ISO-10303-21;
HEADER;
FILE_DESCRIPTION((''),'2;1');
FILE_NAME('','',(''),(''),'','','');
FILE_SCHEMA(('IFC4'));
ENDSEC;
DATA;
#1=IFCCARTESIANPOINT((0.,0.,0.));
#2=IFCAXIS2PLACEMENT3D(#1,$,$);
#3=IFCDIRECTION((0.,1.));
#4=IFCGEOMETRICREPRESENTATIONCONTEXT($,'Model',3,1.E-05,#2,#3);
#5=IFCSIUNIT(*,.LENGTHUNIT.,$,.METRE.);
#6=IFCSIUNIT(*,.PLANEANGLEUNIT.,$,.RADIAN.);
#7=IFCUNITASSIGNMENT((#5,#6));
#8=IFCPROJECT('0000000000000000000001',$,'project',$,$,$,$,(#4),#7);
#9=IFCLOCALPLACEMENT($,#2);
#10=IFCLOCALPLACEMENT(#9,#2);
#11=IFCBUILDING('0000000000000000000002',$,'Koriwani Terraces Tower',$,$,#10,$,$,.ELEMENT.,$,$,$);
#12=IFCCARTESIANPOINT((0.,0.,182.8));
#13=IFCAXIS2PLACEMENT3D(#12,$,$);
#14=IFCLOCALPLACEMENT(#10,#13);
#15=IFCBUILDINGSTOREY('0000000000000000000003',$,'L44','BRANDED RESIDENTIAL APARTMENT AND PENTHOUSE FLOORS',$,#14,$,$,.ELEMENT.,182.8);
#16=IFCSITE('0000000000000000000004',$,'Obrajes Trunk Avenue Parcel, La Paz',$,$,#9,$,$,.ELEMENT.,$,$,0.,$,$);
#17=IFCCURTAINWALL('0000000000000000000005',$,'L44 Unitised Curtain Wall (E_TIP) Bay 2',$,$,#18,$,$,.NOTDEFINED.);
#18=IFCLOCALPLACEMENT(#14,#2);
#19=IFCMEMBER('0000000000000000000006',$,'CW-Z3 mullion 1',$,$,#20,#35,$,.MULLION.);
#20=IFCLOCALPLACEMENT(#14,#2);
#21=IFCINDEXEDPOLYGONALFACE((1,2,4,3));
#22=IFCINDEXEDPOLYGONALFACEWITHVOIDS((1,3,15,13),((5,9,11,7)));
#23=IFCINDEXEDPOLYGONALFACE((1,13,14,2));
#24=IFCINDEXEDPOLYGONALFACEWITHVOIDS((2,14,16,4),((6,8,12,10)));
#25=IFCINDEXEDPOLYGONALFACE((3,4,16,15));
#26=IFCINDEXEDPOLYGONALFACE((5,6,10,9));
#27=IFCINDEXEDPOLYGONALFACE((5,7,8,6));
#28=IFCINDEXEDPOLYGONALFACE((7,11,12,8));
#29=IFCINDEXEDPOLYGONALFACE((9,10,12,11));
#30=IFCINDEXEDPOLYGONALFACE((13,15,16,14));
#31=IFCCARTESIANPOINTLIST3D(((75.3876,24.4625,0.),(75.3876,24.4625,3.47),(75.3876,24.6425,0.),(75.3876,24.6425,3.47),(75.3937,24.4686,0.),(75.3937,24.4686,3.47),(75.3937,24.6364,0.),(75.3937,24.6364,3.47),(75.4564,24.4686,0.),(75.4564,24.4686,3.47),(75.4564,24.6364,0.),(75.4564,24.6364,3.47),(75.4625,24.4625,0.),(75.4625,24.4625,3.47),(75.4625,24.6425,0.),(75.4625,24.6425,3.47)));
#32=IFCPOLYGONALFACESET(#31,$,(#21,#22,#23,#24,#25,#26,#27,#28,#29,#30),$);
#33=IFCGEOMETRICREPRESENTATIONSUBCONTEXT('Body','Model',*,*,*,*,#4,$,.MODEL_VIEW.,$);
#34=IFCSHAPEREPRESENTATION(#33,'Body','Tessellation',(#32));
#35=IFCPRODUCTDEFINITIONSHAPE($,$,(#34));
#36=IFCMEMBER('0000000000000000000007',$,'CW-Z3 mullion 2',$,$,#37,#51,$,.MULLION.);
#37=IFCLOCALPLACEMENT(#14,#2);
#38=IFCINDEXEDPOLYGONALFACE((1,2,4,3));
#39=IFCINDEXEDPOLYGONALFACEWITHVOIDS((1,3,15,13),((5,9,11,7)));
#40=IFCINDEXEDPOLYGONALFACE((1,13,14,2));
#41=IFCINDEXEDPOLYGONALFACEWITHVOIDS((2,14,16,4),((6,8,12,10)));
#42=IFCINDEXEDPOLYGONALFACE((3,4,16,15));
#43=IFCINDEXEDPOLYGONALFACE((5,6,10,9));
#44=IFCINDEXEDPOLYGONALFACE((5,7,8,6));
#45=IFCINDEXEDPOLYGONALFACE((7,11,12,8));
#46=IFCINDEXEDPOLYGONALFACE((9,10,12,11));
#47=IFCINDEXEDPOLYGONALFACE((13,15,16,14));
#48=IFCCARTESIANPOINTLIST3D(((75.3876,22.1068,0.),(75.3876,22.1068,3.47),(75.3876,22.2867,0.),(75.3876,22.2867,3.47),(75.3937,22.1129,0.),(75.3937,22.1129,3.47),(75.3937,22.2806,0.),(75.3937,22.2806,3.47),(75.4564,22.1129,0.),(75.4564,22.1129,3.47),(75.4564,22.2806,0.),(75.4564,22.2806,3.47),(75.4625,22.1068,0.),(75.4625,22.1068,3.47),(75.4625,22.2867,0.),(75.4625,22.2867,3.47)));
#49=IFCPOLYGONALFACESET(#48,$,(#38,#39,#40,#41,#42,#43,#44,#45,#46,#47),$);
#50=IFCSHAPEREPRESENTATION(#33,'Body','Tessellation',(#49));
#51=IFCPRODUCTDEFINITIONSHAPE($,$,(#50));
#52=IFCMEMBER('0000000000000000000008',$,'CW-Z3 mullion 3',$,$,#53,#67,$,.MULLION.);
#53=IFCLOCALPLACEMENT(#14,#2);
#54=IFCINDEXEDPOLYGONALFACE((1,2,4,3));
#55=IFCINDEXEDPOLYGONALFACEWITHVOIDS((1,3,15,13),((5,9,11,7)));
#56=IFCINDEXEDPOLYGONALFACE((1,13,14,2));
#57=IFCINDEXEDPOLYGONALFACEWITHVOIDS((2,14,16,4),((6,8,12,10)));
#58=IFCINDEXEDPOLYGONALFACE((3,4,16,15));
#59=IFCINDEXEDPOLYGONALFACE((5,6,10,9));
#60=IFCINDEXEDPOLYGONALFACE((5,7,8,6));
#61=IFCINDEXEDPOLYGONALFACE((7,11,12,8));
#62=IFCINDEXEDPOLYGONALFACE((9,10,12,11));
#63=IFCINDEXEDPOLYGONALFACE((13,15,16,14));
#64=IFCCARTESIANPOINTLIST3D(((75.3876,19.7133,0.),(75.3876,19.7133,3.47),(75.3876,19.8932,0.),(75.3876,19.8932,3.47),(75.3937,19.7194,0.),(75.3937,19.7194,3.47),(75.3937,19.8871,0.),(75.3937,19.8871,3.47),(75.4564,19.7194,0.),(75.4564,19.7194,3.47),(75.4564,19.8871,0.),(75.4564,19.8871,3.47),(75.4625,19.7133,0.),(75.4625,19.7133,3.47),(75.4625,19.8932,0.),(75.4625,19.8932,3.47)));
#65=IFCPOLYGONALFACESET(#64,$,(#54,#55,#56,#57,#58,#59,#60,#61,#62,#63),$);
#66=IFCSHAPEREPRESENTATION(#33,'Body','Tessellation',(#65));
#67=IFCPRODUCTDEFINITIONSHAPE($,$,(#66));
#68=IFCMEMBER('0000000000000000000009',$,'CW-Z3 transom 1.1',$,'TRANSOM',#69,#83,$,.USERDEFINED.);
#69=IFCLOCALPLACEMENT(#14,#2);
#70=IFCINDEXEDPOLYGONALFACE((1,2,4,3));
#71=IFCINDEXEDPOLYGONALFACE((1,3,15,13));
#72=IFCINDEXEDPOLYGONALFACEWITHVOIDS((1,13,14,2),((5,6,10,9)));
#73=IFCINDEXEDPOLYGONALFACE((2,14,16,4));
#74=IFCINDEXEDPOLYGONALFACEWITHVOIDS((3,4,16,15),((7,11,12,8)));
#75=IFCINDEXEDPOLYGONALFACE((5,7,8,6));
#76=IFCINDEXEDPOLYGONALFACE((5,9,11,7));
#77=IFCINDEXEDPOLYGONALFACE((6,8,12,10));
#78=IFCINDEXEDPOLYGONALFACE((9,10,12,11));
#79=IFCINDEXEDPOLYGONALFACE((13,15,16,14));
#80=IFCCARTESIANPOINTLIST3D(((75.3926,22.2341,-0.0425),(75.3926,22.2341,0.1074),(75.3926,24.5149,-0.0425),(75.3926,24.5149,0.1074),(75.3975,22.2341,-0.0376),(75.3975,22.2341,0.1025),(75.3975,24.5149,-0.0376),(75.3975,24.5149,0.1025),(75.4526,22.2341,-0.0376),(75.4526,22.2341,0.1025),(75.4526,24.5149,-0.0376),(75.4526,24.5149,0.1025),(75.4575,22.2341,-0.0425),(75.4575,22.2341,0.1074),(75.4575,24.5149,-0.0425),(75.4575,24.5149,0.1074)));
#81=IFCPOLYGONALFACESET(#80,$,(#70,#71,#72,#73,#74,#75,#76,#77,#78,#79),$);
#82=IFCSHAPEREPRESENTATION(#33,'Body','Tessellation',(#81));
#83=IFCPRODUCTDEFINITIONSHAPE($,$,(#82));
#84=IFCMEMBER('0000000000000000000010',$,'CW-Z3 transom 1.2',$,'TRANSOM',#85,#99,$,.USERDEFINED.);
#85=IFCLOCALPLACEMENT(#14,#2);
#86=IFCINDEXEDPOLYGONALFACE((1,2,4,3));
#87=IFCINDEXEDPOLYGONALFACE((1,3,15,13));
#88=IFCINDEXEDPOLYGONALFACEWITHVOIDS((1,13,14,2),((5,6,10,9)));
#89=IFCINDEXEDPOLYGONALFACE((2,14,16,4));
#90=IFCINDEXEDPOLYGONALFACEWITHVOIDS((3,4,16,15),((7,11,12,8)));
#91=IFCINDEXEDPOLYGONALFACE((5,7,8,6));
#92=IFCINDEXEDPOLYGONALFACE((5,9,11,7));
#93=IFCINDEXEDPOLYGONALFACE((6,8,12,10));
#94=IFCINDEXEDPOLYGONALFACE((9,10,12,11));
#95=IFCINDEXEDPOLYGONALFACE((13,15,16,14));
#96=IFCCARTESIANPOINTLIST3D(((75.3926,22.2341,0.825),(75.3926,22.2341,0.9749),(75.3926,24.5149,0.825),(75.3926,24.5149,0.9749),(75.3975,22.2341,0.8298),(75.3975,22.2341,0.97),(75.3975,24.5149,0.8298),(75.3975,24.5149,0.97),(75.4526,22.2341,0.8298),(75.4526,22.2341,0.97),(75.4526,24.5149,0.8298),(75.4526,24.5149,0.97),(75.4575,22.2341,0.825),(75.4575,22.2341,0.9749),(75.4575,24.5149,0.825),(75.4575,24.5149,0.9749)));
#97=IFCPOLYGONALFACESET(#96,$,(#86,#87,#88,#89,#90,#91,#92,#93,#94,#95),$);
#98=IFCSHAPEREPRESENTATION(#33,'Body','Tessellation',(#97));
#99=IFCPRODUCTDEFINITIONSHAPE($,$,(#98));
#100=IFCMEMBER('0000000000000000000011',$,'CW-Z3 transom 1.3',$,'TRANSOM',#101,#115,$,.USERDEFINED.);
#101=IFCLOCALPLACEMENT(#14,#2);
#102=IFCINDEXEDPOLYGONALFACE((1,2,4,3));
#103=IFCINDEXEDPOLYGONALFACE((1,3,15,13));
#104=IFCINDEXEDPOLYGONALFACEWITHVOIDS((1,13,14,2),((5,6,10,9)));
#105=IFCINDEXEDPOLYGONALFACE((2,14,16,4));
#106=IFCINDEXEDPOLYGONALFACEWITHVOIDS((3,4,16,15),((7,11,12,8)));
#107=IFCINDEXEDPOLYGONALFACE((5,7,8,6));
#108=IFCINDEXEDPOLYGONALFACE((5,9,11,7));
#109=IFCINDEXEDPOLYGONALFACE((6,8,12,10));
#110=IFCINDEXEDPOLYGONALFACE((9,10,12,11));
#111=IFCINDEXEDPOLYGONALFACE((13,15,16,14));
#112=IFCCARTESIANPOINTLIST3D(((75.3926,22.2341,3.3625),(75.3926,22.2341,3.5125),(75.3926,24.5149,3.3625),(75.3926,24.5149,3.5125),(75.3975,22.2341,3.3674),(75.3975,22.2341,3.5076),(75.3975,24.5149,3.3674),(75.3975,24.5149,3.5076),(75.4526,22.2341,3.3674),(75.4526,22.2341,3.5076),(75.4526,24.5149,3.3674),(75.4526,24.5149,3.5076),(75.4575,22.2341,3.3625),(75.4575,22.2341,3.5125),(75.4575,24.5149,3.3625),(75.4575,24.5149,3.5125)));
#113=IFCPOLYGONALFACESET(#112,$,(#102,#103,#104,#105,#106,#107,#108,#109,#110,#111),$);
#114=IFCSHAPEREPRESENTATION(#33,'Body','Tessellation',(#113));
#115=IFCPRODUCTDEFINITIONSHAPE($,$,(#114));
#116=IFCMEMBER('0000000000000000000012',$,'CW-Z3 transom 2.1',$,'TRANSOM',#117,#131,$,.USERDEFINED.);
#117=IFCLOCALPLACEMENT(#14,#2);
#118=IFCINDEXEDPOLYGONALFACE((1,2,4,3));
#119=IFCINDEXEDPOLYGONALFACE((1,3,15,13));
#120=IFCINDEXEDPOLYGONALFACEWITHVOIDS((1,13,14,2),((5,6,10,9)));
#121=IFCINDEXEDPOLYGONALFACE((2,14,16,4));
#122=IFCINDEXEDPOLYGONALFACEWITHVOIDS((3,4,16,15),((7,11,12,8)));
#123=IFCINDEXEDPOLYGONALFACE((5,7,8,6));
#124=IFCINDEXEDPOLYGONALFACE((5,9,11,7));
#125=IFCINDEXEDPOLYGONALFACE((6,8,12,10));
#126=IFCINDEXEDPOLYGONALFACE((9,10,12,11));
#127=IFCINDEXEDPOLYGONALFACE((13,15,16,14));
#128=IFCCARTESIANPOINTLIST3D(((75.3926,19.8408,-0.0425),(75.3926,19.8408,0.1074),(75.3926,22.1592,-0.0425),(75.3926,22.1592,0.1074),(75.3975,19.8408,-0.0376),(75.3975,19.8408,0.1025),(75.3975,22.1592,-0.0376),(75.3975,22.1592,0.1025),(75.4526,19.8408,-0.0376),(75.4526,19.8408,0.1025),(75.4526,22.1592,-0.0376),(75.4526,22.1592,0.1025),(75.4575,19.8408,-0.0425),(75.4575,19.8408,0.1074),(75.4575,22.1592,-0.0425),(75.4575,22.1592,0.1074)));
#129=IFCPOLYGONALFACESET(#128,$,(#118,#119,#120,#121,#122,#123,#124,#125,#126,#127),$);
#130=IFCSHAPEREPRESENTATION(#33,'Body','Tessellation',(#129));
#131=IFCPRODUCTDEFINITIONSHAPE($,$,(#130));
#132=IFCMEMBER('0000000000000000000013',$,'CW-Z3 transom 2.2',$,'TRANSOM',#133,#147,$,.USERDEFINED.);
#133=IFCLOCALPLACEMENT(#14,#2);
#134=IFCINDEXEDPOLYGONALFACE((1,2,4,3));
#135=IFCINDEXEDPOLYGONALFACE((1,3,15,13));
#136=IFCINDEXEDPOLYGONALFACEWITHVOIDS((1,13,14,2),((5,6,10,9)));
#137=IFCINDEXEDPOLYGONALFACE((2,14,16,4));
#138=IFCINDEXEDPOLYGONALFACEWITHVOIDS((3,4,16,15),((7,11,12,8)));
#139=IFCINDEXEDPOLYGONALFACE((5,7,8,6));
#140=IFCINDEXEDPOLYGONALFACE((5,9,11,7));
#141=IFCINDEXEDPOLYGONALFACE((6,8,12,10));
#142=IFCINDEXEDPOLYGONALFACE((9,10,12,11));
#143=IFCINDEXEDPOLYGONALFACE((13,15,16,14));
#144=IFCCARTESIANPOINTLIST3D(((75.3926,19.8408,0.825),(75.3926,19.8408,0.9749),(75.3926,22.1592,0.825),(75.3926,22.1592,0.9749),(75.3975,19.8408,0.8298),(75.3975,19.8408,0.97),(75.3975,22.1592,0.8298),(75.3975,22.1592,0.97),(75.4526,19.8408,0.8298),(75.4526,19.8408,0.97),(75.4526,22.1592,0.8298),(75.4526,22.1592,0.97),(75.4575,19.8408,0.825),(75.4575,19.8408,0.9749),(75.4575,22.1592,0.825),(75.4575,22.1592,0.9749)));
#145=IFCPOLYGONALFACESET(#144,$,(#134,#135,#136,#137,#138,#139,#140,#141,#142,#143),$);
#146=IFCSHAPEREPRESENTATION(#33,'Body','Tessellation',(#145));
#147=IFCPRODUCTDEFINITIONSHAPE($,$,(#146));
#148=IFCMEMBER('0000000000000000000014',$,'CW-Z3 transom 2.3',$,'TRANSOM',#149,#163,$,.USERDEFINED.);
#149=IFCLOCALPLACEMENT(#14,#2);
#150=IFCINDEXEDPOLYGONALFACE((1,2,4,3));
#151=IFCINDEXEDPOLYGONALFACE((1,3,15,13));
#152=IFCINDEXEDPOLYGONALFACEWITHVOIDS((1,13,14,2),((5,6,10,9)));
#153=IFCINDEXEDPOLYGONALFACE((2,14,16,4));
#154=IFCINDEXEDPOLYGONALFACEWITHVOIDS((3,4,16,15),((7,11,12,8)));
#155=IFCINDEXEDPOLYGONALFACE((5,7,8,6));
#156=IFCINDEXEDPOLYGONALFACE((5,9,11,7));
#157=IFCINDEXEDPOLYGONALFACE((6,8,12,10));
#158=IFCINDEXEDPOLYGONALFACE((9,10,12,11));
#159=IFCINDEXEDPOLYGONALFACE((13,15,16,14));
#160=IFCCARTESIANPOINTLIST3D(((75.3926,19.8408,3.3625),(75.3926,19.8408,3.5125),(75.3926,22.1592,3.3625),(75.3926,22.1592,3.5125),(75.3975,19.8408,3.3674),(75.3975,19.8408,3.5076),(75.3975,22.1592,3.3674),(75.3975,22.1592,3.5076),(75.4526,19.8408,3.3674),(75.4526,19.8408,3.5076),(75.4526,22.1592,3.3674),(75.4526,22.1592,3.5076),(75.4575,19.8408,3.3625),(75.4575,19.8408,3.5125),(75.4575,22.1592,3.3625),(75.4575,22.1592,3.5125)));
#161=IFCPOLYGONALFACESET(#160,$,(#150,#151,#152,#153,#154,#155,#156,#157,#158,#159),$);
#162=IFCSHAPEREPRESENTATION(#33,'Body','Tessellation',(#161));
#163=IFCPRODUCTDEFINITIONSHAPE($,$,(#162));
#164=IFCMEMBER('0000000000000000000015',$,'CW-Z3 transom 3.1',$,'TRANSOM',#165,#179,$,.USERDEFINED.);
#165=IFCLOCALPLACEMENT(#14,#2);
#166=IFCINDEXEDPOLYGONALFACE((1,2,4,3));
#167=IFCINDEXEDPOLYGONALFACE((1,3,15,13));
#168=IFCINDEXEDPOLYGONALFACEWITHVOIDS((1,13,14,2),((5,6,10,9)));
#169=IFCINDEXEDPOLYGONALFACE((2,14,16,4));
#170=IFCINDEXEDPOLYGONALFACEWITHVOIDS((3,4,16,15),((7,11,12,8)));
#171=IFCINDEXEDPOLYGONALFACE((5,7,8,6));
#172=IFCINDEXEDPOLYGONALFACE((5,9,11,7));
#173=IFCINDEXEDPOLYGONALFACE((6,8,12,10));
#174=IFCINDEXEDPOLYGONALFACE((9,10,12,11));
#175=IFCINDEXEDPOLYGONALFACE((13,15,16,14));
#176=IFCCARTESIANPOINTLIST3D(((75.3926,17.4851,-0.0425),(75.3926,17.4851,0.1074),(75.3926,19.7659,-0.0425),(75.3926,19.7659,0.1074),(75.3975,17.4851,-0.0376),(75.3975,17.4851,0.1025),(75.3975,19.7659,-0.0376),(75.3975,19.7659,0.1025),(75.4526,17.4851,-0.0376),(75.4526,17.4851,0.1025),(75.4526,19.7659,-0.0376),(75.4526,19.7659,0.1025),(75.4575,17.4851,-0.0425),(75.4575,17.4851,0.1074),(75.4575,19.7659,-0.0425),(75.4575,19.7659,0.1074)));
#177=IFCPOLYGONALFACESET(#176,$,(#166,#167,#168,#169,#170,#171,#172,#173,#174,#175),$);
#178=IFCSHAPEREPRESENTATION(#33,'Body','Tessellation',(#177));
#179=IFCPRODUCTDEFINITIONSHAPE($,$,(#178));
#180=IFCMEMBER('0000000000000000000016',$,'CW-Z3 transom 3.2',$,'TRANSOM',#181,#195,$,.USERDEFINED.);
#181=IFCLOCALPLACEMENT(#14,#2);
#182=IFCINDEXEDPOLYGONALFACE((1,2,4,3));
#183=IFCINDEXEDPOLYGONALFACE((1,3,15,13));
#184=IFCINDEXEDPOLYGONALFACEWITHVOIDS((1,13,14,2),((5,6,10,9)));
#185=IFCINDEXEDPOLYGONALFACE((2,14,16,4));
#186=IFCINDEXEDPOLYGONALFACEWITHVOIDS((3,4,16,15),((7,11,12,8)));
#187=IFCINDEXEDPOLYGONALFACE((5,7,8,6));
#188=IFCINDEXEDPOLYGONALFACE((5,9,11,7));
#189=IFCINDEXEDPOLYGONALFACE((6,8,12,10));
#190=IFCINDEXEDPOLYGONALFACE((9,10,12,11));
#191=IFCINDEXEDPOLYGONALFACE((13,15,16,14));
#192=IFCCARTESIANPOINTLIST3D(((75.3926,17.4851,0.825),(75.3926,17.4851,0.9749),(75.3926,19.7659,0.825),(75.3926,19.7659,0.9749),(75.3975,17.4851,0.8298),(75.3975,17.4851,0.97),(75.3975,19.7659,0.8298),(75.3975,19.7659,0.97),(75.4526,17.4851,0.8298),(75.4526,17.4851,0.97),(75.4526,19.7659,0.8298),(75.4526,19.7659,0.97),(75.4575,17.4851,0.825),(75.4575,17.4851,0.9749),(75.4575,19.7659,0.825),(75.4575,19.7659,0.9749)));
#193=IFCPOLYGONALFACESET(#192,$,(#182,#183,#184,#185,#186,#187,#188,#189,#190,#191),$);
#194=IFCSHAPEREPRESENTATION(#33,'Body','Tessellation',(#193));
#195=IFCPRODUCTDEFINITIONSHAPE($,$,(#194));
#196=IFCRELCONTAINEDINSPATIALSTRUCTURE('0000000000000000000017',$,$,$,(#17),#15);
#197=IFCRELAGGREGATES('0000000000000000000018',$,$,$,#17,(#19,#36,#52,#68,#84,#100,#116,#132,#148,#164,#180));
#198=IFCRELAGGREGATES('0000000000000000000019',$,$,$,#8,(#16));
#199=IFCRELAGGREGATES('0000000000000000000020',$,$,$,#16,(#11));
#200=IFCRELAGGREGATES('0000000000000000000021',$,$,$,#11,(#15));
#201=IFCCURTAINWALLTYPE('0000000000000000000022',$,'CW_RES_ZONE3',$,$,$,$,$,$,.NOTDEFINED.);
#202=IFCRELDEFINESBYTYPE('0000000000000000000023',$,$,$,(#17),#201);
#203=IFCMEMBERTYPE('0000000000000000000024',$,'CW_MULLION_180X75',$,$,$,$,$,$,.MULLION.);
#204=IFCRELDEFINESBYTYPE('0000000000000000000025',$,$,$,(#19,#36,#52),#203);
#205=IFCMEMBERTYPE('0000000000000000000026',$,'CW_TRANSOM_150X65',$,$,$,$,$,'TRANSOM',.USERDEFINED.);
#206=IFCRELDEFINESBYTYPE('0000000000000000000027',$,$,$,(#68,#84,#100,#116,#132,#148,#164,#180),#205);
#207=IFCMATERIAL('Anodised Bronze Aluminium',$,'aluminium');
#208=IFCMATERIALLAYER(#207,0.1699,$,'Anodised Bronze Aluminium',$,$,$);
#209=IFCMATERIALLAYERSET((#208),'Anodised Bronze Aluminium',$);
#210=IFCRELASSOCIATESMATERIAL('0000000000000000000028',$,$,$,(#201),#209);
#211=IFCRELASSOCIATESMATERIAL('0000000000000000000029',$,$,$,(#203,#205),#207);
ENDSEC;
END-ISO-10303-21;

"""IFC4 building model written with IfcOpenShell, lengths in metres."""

from ifc_helpers import new_model, si_unit, direction, frame, origin, origin_2d, place, context, subcontext, project, spatial, hollow_rectangle, extrude, material, layer, layer_set, material_profile, profile_set, type_object, element, aggregate, save


model = new_model("IFC4")

# Units and contexts
model_context = context("Model", 3, precision=1e-05, world=origin(), true_north=direction((0.0, 1.0)))
body_context = subcontext(model_context, "Body", "Model", "MODEL_VIEW")
ifc_project = project(units=[si_unit("LENGTHUNIT", "METRE"), si_unit("PLANEANGLEUNIT", "RADIAN")], contexts=[model_context])

# Site, building, storey
site_placement = place(None, origin())
site = spatial("IfcSite", under=ifc_project, at=site_placement, Name="Obrajes Trunk Avenue Parcel, La Paz", CompositionType="ELEMENT", RefElevation=0.0)
building_placement = place(site_placement, origin())
building = spatial("IfcBuilding", under=site, at=building_placement, Name="Koriwani Terraces Tower", CompositionType="ELEMENT")
storey_placement = place(building_placement, frame((0.0, 0.0, 182.8)))
storey = spatial("IfcBuildingStorey", under=building, at=storey_placement, Name="L44", Description="BRANDED RESIDENTIAL APARTMENT AND PENTHOUSE FLOORS", CompositionType="ELEMENT", Elevation=182.8)

# Curtain wall, members
ifc_material_1 = material(Name="Anodised Bronze Aluminium", Category="aluminium")
ifc_layer_1 = layer(ifc_material_1, 0.1699, Name="Anodised Bronze Aluminium")
ifc_layer_set_1 = layer_set([ifc_layer_1], Name="Anodised Bronze Aluminium")
curtain_wall_type = type_object("IfcCurtainWallType", Name="CW_RES_ZONE3", PredefinedType="NOTDEFINED", material=ifc_layer_set_1)
curtain_wall_placement = place(storey_placement, origin())
curtain_wall = element("IfcCurtainWall", 1, at=curtain_wall_placement, inside=storey, type_object=curtain_wall_type, Name="L44 Unitised Curtain Wall (E_TIP) Bay 2", PredefinedType="NOTDEFINED")
ifc_material_profile_1 = material_profile(ifc_material_1, hollow_rectangle(XDim=0.075, YDim=0.1799, WallThickness=0.0061, at=origin_2d()), Name="Anodised Bronze Aluminium", Category="LoadBearing")
ifc_profile_set_1 = profile_set([ifc_material_profile_1], Name="Anodised Bronze Aluminium")
member_type_1 = type_object("IfcMemberType", Name="CW_MULLION_180X75", PredefinedType="MULLION", material=ifc_profile_set_1)
member_1_placement = place(storey_placement, frame((75.425, 24.5525, 0.0), z_axis=(0.0, 0.0, 1.0), x_axis=(1.0, 0.0, 0.0)))
member_1 = element("IfcMember", 2, at=member_1_placement, type_object=member_type_1, Name="CW-Z3 mullion 1", PredefinedType="MULLION", context=body_context, shape_type="SweptSolid", body=[
    extrude(hollow_rectangle(XDim=0.075, YDim=0.1799, WallThickness=0.0061, at=origin_2d()), origin(), (0.0, 0.0, 1.0), 3.47),
])
member_2_placement = place(storey_placement, frame((75.425, 22.1968, 0.0), z_axis=(0.0, 0.0, 1.0), x_axis=(1.0, 0.0, 0.0)))
member_2 = element("IfcMember", 3, at=member_2_placement, type_object=member_type_1, Name="CW-Z3 mullion 2", PredefinedType="MULLION", context=body_context, shape_type="SweptSolid", body=[
    extrude(hollow_rectangle(XDim=0.075, YDim=0.1799, WallThickness=0.0061, at=origin_2d()), origin(), (0.0, 0.0, 1.0), 3.47),
])
member_3_placement = place(storey_placement, frame((75.425, 19.8032, 0.0), z_axis=(0.0, 0.0, 1.0), x_axis=(1.0, 0.0, 0.0)))
member_3 = element("IfcMember", 4, at=member_3_placement, type_object=member_type_1, Name="CW-Z3 mullion 3", PredefinedType="MULLION", context=body_context, shape_type="SweptSolid", body=[
    extrude(hollow_rectangle(XDim=0.075, YDim=0.1799, WallThickness=0.0061, at=origin_2d()), origin(), (0.0, 0.0, 1.0), 3.47),
])
ifc_material_profile_2 = material_profile(ifc_material_1, hollow_rectangle(XDim=0.0649, YDim=0.1499, WallThickness=0.0049, at=origin_2d()), Name="Anodised Bronze Aluminium", Category="LoadBearing")
ifc_profile_set_2 = profile_set([ifc_material_profile_2], Name="Anodised Bronze Aluminium")
member_type_2 = type_object("IfcMemberType", Name="CW_TRANSOM_150X65", ElementType="TRANSOM", PredefinedType="USERDEFINED", material=ifc_profile_set_2)
member_4_placement = place(storey_placement, frame((75.425, 24.5149, 0.0325), z_axis=(0.0, -1.0, 0.0), x_axis=(1.0, 0.0, 0.0)))
member_4 = element("IfcMember", 5, at=member_4_placement, type_object=member_type_2, Name="CW-Z3 transom 1.1", ObjectType="TRANSOM", PredefinedType="USERDEFINED", context=body_context, shape_type="SweptSolid", body=[
    extrude(hollow_rectangle(XDim=0.0649, YDim=0.1499, WallThickness=0.0049, at=origin_2d()), origin(), (0.0, 0.0, 1.0), 2.2808),
])
member_5_placement = place(storey_placement, frame((75.425, 24.5149, 0.8999), z_axis=(0.0, -1.0, 0.0), x_axis=(1.0, 0.0, 0.0)))
member_5 = element("IfcMember", 6, at=member_5_placement, type_object=member_type_2, Name="CW-Z3 transom 1.2", ObjectType="TRANSOM", PredefinedType="USERDEFINED", context=body_context, shape_type="SweptSolid", body=[
    extrude(hollow_rectangle(XDim=0.0649, YDim=0.1499, WallThickness=0.0049, at=origin_2d()), origin(), (0.0, 0.0, 1.0), 2.2808),
])
member_6_placement = place(storey_placement, frame((75.425, 24.5149, 3.4375), z_axis=(0.0, -1.0, 0.0), x_axis=(1.0, 0.0, 0.0)))
member_6 = element("IfcMember", 7, at=member_6_placement, type_object=member_type_2, Name="CW-Z3 transom 1.3", ObjectType="TRANSOM", PredefinedType="USERDEFINED", context=body_context, shape_type="SweptSolid", body=[
    extrude(hollow_rectangle(XDim=0.0649, YDim=0.1499, WallThickness=0.0049, at=origin_2d()), origin(), (0.0, 0.0, 1.0), 2.2808),
])
member_7_placement = place(storey_placement, frame((75.425, 22.1592, 0.0325), z_axis=(0.0, -1.0, 0.0), x_axis=(1.0, 0.0, 0.0)))
member_7 = element("IfcMember", 8, at=member_7_placement, type_object=member_type_2, Name="CW-Z3 transom 2.1", ObjectType="TRANSOM", PredefinedType="USERDEFINED", context=body_context, shape_type="SweptSolid", body=[
    extrude(hollow_rectangle(XDim=0.0649, YDim=0.1499, WallThickness=0.0049, at=origin_2d()), origin(), (0.0, 0.0, 1.0), 2.3184),
])
member_8_placement = place(storey_placement, frame((75.425, 22.1592, 0.8999), z_axis=(0.0, -1.0, 0.0), x_axis=(1.0, 0.0, 0.0)))
member_8 = element("IfcMember", 9, at=member_8_placement, type_object=member_type_2, Name="CW-Z3 transom 2.2", ObjectType="TRANSOM", PredefinedType="USERDEFINED", context=body_context, shape_type="SweptSolid", body=[
    extrude(hollow_rectangle(XDim=0.0649, YDim=0.1499, WallThickness=0.0049, at=origin_2d()), origin(), (0.0, 0.0, 1.0), 2.3184),
])
member_9_placement = place(storey_placement, frame((75.425, 22.1592, 3.4375), z_axis=(0.0, -1.0, 0.0), x_axis=(1.0, 0.0, 0.0)))
member_9 = element("IfcMember", 10, at=member_9_placement, type_object=member_type_2, Name="CW-Z3 transom 2.3", ObjectType="TRANSOM", PredefinedType="USERDEFINED", context=body_context, shape_type="SweptSolid", body=[
    extrude(hollow_rectangle(XDim=0.0649, YDim=0.1499, WallThickness=0.0049, at=origin_2d()), origin(), (0.0, 0.0, 1.0), 2.3184),
])
member_10_placement = place(storey_placement, frame((75.425, 19.7659, 0.0325), z_axis=(0.0, -1.0, 0.0), x_axis=(1.0, 0.0, 0.0)))
member_10 = element("IfcMember", 11, at=member_10_placement, type_object=member_type_2, Name="CW-Z3 transom 3.1", ObjectType="TRANSOM", PredefinedType="USERDEFINED", context=body_context, shape_type="SweptSolid", body=[
    extrude(hollow_rectangle(XDim=0.0649, YDim=0.1499, WallThickness=0.0049, at=origin_2d()), origin(), (0.0, 0.0, 1.0), 2.2808),
])
member_11_placement = place(storey_placement, frame((75.425, 19.7659, 0.8999), z_axis=(0.0, -1.0, 0.0), x_axis=(1.0, 0.0, 0.0)))
member_11 = element("IfcMember", 12, at=member_11_placement, type_object=member_type_2, Name="CW-Z3 transom 3.2", ObjectType="TRANSOM", PredefinedType="USERDEFINED", context=body_context, shape_type="SweptSolid", body=[
    extrude(hollow_rectangle(XDim=0.0649, YDim=0.1499, WallThickness=0.0049, at=origin_2d()), origin(), (0.0, 0.0, 1.0), 2.2808),
])

aggregate(curtain_wall, [member_1, member_2, member_3, member_4, member_5, member_6, member_7, member_8, member_9, member_10, member_11])

save(model, "model.ifc")
